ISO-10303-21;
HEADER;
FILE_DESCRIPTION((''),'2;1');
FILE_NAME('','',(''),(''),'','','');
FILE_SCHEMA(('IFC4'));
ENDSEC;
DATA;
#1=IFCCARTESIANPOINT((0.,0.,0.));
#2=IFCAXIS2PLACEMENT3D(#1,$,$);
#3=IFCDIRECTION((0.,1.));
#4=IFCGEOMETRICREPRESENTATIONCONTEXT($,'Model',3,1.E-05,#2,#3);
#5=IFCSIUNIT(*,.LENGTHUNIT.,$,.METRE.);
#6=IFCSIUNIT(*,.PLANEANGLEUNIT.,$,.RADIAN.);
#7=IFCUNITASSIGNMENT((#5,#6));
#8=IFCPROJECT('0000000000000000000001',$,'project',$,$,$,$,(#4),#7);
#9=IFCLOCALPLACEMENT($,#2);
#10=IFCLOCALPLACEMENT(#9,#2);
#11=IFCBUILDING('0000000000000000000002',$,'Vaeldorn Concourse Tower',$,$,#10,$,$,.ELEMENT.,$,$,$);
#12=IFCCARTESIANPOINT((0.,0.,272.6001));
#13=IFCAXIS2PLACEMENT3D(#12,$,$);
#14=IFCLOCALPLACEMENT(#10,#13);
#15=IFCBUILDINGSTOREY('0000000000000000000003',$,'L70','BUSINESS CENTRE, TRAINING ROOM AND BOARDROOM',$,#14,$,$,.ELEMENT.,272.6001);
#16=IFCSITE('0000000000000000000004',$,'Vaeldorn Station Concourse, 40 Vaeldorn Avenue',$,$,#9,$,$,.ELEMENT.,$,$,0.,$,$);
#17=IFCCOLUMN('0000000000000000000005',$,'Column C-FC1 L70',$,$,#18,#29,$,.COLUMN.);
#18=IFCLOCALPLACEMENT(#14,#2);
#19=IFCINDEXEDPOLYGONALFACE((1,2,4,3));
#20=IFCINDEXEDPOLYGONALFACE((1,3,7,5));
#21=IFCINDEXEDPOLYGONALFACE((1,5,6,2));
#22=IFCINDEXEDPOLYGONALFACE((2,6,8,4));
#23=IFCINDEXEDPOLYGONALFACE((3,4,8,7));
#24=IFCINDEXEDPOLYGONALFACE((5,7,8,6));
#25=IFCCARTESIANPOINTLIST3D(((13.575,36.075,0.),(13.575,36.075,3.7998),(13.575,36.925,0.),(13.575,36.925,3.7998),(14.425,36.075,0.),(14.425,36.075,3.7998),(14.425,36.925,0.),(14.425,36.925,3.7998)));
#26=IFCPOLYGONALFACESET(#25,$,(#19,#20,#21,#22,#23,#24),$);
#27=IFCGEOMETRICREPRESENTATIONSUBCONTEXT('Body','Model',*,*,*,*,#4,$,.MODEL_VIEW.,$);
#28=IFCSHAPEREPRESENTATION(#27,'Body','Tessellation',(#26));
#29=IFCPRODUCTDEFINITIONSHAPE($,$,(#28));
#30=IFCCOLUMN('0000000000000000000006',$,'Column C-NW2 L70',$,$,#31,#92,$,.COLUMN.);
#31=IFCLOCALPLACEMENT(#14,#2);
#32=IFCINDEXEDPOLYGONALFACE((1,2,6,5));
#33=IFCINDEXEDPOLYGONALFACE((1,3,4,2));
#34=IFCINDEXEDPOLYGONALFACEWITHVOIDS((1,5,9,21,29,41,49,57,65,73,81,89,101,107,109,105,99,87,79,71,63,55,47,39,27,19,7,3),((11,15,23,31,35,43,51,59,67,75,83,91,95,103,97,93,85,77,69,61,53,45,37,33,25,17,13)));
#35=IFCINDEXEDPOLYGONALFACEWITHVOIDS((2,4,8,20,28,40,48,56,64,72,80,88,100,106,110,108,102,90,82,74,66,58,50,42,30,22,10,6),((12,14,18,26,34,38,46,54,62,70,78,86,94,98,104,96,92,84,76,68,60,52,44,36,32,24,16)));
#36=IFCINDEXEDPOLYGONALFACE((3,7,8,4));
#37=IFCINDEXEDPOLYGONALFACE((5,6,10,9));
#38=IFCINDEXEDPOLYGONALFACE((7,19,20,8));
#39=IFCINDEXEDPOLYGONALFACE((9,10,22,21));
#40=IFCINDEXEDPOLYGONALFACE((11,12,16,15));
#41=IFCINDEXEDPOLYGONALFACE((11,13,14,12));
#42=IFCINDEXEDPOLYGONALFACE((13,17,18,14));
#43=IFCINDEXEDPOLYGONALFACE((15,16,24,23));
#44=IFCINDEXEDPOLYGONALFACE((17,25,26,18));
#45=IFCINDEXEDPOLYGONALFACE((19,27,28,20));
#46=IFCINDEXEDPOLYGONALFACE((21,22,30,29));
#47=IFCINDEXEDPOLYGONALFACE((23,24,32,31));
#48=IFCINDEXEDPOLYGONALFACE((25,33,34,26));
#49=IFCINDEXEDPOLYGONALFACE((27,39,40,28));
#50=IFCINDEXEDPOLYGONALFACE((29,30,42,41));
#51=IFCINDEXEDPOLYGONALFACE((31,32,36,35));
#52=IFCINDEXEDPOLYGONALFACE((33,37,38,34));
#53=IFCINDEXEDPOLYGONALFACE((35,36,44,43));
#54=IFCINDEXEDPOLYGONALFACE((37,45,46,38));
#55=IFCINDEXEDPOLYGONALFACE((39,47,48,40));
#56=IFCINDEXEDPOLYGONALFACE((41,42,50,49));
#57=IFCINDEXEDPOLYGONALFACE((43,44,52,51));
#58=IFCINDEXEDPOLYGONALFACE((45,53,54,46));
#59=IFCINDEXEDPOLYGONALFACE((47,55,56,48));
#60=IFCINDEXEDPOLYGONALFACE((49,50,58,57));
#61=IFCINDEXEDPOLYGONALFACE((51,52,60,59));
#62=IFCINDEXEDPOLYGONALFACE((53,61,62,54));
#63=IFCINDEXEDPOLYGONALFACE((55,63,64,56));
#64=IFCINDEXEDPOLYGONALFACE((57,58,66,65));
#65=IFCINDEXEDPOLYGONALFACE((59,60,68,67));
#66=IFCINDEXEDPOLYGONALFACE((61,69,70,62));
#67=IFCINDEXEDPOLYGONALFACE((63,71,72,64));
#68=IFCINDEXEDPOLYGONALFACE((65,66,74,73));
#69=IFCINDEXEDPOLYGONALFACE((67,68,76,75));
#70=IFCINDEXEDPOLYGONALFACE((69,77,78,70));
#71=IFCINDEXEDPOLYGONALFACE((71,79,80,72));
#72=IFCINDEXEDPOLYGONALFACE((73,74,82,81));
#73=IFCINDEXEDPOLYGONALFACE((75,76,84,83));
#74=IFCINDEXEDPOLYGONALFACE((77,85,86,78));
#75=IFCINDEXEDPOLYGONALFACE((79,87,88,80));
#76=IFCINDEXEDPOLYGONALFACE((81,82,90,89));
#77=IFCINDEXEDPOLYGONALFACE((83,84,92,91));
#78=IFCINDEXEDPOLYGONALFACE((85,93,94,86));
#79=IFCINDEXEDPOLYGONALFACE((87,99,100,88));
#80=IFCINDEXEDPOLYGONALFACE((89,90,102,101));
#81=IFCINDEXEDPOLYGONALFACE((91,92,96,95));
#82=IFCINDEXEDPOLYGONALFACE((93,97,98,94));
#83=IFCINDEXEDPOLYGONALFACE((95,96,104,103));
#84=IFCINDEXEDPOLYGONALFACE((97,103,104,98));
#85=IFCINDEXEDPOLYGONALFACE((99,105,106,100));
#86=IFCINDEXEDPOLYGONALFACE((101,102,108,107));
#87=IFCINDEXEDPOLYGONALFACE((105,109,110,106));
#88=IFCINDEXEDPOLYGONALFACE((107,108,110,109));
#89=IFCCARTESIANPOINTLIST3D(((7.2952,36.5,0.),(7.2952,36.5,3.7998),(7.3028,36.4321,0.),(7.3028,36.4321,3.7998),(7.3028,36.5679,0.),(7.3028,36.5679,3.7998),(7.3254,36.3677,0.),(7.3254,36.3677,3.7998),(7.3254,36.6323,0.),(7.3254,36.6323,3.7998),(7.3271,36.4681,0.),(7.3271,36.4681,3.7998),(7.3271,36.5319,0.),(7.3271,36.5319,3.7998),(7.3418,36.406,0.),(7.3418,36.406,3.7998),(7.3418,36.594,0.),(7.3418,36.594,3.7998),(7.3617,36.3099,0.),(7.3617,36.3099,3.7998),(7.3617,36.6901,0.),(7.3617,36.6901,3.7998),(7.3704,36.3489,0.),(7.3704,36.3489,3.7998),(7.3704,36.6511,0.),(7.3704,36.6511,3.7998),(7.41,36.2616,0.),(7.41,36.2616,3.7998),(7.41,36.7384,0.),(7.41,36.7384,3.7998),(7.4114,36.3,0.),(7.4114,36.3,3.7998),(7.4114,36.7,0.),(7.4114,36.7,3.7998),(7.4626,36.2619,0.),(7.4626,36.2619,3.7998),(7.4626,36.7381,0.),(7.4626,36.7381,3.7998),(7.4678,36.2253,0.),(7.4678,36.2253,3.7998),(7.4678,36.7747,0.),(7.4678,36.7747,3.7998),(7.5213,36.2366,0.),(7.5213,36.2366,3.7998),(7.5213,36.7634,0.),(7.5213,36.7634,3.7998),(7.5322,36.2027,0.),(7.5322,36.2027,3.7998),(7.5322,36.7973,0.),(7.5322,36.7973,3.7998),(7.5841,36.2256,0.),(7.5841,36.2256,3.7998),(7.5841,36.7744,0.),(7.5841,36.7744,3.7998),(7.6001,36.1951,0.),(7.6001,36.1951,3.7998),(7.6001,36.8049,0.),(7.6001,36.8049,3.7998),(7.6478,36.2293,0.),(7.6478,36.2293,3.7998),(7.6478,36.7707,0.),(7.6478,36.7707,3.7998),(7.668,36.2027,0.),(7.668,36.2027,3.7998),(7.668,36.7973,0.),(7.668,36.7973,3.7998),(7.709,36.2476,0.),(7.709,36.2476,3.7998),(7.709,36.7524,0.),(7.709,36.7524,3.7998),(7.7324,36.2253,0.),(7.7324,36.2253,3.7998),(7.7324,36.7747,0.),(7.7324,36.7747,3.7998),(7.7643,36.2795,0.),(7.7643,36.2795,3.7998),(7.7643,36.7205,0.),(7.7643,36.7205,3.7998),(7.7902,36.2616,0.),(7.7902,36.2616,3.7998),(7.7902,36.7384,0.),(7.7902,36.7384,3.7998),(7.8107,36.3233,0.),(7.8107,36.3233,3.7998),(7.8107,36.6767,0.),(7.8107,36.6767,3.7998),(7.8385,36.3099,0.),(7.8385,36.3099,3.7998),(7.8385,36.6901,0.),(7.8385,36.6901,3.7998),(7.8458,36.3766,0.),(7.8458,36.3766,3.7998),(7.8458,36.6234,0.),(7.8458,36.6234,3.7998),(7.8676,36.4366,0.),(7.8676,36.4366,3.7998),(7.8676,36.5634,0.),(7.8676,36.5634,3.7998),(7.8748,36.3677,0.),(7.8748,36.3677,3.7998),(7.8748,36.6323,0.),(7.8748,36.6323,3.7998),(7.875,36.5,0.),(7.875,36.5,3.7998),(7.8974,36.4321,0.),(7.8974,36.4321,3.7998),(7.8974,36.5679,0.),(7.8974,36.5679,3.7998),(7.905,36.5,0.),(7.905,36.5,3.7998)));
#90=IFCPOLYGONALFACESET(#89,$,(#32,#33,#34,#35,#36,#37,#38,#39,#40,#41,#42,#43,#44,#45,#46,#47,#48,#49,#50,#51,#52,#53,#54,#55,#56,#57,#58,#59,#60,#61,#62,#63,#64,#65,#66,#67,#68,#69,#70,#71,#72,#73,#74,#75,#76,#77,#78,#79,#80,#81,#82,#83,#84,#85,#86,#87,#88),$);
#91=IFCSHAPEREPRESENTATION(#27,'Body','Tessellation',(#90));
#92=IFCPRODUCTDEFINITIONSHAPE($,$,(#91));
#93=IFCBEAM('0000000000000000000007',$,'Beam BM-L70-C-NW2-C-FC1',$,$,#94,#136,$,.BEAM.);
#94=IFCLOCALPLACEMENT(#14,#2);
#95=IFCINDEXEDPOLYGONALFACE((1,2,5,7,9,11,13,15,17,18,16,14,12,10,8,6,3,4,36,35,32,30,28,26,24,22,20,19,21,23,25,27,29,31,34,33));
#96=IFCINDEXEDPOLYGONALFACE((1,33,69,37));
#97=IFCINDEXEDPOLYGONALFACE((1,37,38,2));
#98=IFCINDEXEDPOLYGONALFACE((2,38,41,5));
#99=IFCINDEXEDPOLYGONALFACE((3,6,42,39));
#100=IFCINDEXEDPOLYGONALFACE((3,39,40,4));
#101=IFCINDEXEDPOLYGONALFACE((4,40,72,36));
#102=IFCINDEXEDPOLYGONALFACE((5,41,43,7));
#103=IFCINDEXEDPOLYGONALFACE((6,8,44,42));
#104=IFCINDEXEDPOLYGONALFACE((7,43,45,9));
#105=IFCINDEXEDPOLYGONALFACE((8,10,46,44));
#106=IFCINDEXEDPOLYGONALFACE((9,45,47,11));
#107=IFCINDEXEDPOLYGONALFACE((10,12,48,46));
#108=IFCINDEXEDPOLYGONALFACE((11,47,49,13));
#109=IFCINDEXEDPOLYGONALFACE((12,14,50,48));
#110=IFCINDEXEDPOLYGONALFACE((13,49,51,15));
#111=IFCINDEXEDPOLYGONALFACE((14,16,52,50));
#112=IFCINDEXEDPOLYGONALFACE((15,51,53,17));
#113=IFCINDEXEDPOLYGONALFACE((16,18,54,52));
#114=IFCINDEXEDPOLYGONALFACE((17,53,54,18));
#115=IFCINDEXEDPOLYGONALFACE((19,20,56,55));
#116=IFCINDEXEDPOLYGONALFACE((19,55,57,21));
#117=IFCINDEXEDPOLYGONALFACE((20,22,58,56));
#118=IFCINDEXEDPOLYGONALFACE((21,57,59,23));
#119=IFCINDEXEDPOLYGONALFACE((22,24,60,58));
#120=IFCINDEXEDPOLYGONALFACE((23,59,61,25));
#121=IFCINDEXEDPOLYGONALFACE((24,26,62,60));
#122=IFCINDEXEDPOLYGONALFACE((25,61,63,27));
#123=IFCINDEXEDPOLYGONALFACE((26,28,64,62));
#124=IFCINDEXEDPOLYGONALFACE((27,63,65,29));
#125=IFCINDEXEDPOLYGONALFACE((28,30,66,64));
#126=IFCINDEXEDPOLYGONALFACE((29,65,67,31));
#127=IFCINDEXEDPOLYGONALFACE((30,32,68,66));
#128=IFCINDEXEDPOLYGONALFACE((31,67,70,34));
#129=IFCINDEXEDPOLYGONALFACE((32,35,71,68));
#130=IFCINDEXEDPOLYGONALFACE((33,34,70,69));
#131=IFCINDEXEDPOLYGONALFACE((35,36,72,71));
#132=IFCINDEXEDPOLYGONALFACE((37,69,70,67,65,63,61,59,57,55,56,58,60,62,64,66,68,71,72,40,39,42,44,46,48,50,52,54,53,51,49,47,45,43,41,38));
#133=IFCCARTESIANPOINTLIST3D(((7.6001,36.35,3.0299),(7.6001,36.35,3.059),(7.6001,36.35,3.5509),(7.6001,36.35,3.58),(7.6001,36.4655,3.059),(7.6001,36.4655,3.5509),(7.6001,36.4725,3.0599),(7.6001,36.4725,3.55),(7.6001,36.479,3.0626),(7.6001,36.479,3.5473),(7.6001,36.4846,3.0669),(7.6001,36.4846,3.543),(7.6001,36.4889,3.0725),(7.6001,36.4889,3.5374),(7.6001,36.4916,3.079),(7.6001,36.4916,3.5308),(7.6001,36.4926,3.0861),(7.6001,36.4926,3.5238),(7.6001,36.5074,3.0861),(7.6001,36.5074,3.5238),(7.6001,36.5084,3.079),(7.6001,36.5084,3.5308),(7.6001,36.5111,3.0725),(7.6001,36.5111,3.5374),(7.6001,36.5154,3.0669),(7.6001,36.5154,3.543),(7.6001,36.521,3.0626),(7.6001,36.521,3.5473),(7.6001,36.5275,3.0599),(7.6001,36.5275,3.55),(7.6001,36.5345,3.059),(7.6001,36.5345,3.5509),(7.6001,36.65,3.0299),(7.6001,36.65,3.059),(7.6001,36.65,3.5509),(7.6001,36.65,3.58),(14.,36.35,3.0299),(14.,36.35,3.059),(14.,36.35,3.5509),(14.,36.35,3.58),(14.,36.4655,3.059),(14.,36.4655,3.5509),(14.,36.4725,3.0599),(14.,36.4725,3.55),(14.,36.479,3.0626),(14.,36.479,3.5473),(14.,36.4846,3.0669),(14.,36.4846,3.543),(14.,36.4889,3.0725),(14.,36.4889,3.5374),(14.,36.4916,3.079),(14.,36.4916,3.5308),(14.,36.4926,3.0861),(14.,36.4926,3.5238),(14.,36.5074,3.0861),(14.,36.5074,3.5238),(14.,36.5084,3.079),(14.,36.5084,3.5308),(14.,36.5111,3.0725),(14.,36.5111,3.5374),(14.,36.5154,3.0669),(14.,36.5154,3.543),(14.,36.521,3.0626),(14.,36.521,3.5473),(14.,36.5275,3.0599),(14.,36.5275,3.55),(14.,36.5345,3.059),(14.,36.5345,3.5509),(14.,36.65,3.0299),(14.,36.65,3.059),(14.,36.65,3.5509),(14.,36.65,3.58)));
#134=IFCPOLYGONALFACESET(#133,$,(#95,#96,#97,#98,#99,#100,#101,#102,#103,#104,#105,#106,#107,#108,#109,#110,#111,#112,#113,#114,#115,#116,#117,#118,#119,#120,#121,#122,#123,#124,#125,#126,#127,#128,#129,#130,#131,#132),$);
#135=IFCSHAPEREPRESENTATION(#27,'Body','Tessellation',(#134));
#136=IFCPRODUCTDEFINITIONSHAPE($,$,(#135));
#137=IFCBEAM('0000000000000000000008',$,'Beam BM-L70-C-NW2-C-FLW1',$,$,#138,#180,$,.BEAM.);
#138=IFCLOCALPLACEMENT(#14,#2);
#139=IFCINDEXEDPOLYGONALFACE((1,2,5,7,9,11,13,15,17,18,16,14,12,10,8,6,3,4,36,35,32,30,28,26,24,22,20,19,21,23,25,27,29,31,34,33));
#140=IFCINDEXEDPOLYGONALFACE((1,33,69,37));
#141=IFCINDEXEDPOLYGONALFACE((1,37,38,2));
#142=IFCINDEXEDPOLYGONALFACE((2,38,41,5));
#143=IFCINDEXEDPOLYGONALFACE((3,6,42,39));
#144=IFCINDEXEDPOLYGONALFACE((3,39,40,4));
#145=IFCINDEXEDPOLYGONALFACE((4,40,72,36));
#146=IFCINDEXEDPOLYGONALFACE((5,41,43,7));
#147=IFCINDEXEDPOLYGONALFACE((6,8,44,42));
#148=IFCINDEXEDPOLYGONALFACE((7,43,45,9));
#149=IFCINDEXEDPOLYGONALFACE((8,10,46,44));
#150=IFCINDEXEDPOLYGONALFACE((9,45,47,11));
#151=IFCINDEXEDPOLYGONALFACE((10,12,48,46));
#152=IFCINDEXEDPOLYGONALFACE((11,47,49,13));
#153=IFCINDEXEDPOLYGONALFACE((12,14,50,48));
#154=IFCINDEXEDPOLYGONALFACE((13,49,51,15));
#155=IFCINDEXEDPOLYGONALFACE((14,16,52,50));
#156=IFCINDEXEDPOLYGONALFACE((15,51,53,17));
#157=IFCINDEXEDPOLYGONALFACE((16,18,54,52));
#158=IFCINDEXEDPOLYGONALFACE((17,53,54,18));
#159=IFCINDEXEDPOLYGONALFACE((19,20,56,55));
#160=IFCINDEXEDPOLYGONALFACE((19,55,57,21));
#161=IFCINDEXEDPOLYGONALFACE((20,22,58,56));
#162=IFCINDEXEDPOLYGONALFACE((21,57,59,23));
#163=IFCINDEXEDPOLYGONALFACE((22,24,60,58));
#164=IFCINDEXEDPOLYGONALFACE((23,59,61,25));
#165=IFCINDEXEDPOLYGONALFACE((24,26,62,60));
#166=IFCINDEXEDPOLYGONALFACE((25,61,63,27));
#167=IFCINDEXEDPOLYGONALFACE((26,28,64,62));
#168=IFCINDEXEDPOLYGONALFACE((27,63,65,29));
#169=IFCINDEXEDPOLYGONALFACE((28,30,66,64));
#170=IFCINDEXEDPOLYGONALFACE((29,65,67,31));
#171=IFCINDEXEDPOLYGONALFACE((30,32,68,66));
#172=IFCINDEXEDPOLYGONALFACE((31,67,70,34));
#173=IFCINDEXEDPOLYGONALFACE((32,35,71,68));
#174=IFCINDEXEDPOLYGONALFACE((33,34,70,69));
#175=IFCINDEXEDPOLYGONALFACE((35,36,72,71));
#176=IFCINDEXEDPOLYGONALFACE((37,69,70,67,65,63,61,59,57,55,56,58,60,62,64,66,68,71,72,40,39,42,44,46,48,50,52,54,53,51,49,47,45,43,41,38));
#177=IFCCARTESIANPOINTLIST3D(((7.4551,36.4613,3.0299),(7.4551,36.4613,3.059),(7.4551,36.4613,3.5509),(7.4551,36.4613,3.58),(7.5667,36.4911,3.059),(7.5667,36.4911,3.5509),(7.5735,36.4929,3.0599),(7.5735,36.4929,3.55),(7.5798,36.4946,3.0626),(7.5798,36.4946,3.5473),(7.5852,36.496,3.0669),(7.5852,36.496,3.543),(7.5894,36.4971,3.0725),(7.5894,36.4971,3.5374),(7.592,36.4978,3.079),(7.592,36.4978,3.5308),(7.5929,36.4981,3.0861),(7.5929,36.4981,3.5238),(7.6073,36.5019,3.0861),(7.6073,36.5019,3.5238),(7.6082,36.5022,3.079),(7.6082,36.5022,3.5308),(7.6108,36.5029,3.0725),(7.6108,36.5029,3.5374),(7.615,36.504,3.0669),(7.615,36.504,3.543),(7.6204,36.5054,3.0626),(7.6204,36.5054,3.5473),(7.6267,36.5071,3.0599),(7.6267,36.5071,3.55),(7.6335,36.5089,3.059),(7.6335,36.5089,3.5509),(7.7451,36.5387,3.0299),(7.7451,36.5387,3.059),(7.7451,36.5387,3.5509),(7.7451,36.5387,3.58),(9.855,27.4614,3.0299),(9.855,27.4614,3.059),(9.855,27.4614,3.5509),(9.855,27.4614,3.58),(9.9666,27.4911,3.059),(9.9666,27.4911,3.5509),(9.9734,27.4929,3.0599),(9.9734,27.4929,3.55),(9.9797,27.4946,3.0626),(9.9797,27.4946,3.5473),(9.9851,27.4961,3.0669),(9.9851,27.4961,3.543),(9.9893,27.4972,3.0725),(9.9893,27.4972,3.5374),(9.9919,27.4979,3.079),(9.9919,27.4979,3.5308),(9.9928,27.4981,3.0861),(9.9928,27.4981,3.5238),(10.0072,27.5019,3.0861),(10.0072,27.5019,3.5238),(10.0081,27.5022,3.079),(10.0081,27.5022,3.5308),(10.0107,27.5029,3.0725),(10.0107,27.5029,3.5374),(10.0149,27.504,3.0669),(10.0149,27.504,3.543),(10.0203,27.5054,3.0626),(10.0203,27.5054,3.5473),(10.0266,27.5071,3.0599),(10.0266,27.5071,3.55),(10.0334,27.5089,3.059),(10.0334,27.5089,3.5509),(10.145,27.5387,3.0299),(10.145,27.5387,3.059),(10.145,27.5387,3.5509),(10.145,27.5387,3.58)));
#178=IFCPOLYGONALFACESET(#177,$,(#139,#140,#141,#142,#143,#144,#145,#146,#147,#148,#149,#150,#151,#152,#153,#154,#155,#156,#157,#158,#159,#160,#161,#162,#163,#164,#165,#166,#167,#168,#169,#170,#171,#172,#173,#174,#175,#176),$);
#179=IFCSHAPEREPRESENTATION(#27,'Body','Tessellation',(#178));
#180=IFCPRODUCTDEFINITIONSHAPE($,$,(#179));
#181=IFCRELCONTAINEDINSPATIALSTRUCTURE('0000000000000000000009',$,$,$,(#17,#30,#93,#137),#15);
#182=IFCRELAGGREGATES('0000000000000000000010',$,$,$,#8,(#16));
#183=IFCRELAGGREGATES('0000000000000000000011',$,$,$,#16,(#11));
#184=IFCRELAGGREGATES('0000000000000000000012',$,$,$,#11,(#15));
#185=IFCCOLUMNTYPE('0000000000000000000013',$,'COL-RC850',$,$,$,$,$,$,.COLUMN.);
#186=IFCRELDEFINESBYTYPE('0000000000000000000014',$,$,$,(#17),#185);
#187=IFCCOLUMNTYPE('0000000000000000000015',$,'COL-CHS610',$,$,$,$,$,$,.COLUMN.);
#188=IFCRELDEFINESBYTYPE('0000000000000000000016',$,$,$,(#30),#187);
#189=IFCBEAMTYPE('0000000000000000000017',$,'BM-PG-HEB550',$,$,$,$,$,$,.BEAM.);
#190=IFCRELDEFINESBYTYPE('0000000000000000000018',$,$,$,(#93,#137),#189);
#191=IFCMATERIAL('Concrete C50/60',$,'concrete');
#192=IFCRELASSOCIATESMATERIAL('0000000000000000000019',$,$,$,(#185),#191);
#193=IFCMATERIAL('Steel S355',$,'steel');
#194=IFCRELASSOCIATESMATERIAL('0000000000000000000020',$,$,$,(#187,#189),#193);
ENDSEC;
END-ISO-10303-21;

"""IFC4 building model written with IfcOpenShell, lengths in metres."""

from ifc_helpers import new_model, si_unit, direction, frame, origin, origin_2d, place, context, subcontext, project, spatial, rectangle, hollow_circle, i_section, extrude, source, transform, mapped, material, material_profile, profile_set, type_object, element, save


model = new_model("IFC4")

# Units and contexts
model_context = context("Model", 3, precision=1e-05, world=origin(), true_north=direction((0.0, 1.0)))
body_context = subcontext(model_context, "Body", "Model", "MODEL_VIEW")
ifc_project = project(units=[si_unit("LENGTHUNIT", "METRE"), si_unit("PLANEANGLEUNIT", "RADIAN")], contexts=[model_context])

# Site, building, storey
site_placement = place(None, origin())
site = spatial("IfcSite", under=ifc_project, at=site_placement, Name="Vaeldorn Station Concourse, 40 Vaeldorn Avenue", CompositionType="ELEMENT", RefElevation=0.0)
building_placement = place(site_placement, origin())
building = spatial("IfcBuilding", under=site, at=building_placement, Name="Vaeldorn Concourse Tower", CompositionType="ELEMENT")
storey_placement = place(building_placement, frame((0.0, 0.0, 272.6001)))
storey = spatial("IfcBuildingStorey", under=building, at=storey_placement, Name="L70", Description="BUSINESS CENTRE, TRAINING ROOM AND BOARDROOM", CompositionType="ELEMENT", Elevation=272.6001)

# Columns
ifc_material_1 = material(Name="Concrete C50/60", Category="concrete")
ifc_material_profile_1 = material_profile(ifc_material_1, rectangle(XDim=0.8501, YDim=0.8501, at=origin_2d()), Name="RC 850x850")
ifc_profile_set_1 = profile_set([ifc_material_profile_1], Name="Concrete C50/60")
column_type_1 = type_object("IfcColumnType", Name="COL-RC850", PredefinedType="COLUMN", material=ifc_profile_set_1)
shared_shape_1 = source(origin(), body_context, "Body", "SweptSolid", [
    extrude(rectangle(XDim=0.8501, YDim=0.8501, at=origin_2d()), origin(), (0.0, 0.0, 1.0), 3.7998),
])
column_1_placement = place(storey_placement, frame((14.0, 36.5, 0.0), z_axis=(0.0, 0.0, 1.0), x_axis=(1.0, 0.0, 0.0)))
element("IfcColumn", 1, at=column_1_placement, inside=storey, type_object=column_type_1, Name="Column C-FC1 L70", PredefinedType="COLUMN", context=body_context, shape_type="MappedRepresentation", body=[
    mapped(shared_shape_1, transform((0.0, 0.0, 0.0), scale=1.0)),
])
ifc_material_2 = material(Name="Steel S355", Category="steel")
ifc_material_profile_2 = material_profile(ifc_material_2, hollow_circle(Radius=0.3049, WallThickness=0.03, at=origin_2d()), Name="CHS 610x30")
ifc_profile_set_2 = profile_set([ifc_material_profile_2], Name="Steel S355")
column_type_2 = type_object("IfcColumnType", Name="COL-CHS610", PredefinedType="COLUMN", material=ifc_profile_set_2)
shared_shape_2 = source(origin(), body_context, "Body", "SweptSolid", [
    extrude(hollow_circle(Radius=0.3049, WallThickness=0.03, at=origin_2d()), origin(), (0.0, 0.0, 1.0), 3.7998),
])
column_2_placement = place(storey_placement, frame((7.6001, 36.5, 0.0), z_axis=(0.0, 0.0, 1.0), x_axis=(1.0, 0.0, 0.0)))
element("IfcColumn", 2, at=column_2_placement, inside=storey, type_object=column_type_2, Name="Column C-NW2 L70", PredefinedType="COLUMN", context=body_context, shape_type="MappedRepresentation", body=[
    mapped(shared_shape_2, transform((0.0, 0.0, 0.0), scale=1.0)),
])

# Beams
ifc_material_profile_3 = material_profile(ifc_material_2, i_section(OverallWidth=0.3, OverallDepth=0.55, WebThickness=0.0149, FlangeThickness=0.0291, FilletRadius=0.0271, at=origin_2d()), Name="HEB 550")
ifc_profile_set_3 = profile_set([ifc_material_profile_3], Name="Steel S355")
beam_type_1 = type_object("IfcBeamType", Name="BM-PG-HEB550", PredefinedType="BEAM", material=ifc_profile_set_3)
shared_shape_3 = source(origin(), body_context, "Body", "SweptSolid", [
    extrude(i_section(OverallWidth=0.3, OverallDepth=0.55, WebThickness=0.0149, FlangeThickness=0.0291, FilletRadius=0.0271, at=origin_2d()), origin(), (0.0, 0.0, 1.0), 6.3999),
])
beam_1_placement = place(storey_placement, frame((7.6001, 36.5, 3.3049), z_axis=(1.0, 0.0, 0.0), x_axis=(0.0, 1.0, 0.0)))
element("IfcBeam", 3, at=beam_1_placement, inside=storey, type_object=beam_type_1, Name="Beam BM-L70-C-NW2-C-FC1", PredefinedType="BEAM", context=body_context, shape_type="MappedRepresentation", body=[
    mapped(shared_shape_3, transform((0.0, 0.0, 0.0), scale=1.0)),
])
shared_shape_4 = source(origin(), body_context, "Body", "SweptSolid", [
    extrude(i_section(OverallWidth=0.3, OverallDepth=0.55, WebThickness=0.0149, FlangeThickness=0.0291, FilletRadius=0.0271, at=origin_2d()), origin(), (0.0, 0.0, 1.0), 9.3145),
])
beam_2_placement = place(storey_placement, frame((7.6001, 36.5, 3.3049), z_axis=(0.257653, -0.966238, 0.0), x_axis=(0.966238, 0.257653, 0.0)))
element("IfcBeam", 4, at=beam_2_placement, inside=storey, type_object=beam_type_1, Name="Beam BM-L70-C-NW2-C-FLW1", PredefinedType="BEAM", context=body_context, shape_type="MappedRepresentation", body=[
    mapped(shared_shape_4, transform((0.0, 0.0, 0.0), scale=1.0)),
])

save(model, "model.ifc")
